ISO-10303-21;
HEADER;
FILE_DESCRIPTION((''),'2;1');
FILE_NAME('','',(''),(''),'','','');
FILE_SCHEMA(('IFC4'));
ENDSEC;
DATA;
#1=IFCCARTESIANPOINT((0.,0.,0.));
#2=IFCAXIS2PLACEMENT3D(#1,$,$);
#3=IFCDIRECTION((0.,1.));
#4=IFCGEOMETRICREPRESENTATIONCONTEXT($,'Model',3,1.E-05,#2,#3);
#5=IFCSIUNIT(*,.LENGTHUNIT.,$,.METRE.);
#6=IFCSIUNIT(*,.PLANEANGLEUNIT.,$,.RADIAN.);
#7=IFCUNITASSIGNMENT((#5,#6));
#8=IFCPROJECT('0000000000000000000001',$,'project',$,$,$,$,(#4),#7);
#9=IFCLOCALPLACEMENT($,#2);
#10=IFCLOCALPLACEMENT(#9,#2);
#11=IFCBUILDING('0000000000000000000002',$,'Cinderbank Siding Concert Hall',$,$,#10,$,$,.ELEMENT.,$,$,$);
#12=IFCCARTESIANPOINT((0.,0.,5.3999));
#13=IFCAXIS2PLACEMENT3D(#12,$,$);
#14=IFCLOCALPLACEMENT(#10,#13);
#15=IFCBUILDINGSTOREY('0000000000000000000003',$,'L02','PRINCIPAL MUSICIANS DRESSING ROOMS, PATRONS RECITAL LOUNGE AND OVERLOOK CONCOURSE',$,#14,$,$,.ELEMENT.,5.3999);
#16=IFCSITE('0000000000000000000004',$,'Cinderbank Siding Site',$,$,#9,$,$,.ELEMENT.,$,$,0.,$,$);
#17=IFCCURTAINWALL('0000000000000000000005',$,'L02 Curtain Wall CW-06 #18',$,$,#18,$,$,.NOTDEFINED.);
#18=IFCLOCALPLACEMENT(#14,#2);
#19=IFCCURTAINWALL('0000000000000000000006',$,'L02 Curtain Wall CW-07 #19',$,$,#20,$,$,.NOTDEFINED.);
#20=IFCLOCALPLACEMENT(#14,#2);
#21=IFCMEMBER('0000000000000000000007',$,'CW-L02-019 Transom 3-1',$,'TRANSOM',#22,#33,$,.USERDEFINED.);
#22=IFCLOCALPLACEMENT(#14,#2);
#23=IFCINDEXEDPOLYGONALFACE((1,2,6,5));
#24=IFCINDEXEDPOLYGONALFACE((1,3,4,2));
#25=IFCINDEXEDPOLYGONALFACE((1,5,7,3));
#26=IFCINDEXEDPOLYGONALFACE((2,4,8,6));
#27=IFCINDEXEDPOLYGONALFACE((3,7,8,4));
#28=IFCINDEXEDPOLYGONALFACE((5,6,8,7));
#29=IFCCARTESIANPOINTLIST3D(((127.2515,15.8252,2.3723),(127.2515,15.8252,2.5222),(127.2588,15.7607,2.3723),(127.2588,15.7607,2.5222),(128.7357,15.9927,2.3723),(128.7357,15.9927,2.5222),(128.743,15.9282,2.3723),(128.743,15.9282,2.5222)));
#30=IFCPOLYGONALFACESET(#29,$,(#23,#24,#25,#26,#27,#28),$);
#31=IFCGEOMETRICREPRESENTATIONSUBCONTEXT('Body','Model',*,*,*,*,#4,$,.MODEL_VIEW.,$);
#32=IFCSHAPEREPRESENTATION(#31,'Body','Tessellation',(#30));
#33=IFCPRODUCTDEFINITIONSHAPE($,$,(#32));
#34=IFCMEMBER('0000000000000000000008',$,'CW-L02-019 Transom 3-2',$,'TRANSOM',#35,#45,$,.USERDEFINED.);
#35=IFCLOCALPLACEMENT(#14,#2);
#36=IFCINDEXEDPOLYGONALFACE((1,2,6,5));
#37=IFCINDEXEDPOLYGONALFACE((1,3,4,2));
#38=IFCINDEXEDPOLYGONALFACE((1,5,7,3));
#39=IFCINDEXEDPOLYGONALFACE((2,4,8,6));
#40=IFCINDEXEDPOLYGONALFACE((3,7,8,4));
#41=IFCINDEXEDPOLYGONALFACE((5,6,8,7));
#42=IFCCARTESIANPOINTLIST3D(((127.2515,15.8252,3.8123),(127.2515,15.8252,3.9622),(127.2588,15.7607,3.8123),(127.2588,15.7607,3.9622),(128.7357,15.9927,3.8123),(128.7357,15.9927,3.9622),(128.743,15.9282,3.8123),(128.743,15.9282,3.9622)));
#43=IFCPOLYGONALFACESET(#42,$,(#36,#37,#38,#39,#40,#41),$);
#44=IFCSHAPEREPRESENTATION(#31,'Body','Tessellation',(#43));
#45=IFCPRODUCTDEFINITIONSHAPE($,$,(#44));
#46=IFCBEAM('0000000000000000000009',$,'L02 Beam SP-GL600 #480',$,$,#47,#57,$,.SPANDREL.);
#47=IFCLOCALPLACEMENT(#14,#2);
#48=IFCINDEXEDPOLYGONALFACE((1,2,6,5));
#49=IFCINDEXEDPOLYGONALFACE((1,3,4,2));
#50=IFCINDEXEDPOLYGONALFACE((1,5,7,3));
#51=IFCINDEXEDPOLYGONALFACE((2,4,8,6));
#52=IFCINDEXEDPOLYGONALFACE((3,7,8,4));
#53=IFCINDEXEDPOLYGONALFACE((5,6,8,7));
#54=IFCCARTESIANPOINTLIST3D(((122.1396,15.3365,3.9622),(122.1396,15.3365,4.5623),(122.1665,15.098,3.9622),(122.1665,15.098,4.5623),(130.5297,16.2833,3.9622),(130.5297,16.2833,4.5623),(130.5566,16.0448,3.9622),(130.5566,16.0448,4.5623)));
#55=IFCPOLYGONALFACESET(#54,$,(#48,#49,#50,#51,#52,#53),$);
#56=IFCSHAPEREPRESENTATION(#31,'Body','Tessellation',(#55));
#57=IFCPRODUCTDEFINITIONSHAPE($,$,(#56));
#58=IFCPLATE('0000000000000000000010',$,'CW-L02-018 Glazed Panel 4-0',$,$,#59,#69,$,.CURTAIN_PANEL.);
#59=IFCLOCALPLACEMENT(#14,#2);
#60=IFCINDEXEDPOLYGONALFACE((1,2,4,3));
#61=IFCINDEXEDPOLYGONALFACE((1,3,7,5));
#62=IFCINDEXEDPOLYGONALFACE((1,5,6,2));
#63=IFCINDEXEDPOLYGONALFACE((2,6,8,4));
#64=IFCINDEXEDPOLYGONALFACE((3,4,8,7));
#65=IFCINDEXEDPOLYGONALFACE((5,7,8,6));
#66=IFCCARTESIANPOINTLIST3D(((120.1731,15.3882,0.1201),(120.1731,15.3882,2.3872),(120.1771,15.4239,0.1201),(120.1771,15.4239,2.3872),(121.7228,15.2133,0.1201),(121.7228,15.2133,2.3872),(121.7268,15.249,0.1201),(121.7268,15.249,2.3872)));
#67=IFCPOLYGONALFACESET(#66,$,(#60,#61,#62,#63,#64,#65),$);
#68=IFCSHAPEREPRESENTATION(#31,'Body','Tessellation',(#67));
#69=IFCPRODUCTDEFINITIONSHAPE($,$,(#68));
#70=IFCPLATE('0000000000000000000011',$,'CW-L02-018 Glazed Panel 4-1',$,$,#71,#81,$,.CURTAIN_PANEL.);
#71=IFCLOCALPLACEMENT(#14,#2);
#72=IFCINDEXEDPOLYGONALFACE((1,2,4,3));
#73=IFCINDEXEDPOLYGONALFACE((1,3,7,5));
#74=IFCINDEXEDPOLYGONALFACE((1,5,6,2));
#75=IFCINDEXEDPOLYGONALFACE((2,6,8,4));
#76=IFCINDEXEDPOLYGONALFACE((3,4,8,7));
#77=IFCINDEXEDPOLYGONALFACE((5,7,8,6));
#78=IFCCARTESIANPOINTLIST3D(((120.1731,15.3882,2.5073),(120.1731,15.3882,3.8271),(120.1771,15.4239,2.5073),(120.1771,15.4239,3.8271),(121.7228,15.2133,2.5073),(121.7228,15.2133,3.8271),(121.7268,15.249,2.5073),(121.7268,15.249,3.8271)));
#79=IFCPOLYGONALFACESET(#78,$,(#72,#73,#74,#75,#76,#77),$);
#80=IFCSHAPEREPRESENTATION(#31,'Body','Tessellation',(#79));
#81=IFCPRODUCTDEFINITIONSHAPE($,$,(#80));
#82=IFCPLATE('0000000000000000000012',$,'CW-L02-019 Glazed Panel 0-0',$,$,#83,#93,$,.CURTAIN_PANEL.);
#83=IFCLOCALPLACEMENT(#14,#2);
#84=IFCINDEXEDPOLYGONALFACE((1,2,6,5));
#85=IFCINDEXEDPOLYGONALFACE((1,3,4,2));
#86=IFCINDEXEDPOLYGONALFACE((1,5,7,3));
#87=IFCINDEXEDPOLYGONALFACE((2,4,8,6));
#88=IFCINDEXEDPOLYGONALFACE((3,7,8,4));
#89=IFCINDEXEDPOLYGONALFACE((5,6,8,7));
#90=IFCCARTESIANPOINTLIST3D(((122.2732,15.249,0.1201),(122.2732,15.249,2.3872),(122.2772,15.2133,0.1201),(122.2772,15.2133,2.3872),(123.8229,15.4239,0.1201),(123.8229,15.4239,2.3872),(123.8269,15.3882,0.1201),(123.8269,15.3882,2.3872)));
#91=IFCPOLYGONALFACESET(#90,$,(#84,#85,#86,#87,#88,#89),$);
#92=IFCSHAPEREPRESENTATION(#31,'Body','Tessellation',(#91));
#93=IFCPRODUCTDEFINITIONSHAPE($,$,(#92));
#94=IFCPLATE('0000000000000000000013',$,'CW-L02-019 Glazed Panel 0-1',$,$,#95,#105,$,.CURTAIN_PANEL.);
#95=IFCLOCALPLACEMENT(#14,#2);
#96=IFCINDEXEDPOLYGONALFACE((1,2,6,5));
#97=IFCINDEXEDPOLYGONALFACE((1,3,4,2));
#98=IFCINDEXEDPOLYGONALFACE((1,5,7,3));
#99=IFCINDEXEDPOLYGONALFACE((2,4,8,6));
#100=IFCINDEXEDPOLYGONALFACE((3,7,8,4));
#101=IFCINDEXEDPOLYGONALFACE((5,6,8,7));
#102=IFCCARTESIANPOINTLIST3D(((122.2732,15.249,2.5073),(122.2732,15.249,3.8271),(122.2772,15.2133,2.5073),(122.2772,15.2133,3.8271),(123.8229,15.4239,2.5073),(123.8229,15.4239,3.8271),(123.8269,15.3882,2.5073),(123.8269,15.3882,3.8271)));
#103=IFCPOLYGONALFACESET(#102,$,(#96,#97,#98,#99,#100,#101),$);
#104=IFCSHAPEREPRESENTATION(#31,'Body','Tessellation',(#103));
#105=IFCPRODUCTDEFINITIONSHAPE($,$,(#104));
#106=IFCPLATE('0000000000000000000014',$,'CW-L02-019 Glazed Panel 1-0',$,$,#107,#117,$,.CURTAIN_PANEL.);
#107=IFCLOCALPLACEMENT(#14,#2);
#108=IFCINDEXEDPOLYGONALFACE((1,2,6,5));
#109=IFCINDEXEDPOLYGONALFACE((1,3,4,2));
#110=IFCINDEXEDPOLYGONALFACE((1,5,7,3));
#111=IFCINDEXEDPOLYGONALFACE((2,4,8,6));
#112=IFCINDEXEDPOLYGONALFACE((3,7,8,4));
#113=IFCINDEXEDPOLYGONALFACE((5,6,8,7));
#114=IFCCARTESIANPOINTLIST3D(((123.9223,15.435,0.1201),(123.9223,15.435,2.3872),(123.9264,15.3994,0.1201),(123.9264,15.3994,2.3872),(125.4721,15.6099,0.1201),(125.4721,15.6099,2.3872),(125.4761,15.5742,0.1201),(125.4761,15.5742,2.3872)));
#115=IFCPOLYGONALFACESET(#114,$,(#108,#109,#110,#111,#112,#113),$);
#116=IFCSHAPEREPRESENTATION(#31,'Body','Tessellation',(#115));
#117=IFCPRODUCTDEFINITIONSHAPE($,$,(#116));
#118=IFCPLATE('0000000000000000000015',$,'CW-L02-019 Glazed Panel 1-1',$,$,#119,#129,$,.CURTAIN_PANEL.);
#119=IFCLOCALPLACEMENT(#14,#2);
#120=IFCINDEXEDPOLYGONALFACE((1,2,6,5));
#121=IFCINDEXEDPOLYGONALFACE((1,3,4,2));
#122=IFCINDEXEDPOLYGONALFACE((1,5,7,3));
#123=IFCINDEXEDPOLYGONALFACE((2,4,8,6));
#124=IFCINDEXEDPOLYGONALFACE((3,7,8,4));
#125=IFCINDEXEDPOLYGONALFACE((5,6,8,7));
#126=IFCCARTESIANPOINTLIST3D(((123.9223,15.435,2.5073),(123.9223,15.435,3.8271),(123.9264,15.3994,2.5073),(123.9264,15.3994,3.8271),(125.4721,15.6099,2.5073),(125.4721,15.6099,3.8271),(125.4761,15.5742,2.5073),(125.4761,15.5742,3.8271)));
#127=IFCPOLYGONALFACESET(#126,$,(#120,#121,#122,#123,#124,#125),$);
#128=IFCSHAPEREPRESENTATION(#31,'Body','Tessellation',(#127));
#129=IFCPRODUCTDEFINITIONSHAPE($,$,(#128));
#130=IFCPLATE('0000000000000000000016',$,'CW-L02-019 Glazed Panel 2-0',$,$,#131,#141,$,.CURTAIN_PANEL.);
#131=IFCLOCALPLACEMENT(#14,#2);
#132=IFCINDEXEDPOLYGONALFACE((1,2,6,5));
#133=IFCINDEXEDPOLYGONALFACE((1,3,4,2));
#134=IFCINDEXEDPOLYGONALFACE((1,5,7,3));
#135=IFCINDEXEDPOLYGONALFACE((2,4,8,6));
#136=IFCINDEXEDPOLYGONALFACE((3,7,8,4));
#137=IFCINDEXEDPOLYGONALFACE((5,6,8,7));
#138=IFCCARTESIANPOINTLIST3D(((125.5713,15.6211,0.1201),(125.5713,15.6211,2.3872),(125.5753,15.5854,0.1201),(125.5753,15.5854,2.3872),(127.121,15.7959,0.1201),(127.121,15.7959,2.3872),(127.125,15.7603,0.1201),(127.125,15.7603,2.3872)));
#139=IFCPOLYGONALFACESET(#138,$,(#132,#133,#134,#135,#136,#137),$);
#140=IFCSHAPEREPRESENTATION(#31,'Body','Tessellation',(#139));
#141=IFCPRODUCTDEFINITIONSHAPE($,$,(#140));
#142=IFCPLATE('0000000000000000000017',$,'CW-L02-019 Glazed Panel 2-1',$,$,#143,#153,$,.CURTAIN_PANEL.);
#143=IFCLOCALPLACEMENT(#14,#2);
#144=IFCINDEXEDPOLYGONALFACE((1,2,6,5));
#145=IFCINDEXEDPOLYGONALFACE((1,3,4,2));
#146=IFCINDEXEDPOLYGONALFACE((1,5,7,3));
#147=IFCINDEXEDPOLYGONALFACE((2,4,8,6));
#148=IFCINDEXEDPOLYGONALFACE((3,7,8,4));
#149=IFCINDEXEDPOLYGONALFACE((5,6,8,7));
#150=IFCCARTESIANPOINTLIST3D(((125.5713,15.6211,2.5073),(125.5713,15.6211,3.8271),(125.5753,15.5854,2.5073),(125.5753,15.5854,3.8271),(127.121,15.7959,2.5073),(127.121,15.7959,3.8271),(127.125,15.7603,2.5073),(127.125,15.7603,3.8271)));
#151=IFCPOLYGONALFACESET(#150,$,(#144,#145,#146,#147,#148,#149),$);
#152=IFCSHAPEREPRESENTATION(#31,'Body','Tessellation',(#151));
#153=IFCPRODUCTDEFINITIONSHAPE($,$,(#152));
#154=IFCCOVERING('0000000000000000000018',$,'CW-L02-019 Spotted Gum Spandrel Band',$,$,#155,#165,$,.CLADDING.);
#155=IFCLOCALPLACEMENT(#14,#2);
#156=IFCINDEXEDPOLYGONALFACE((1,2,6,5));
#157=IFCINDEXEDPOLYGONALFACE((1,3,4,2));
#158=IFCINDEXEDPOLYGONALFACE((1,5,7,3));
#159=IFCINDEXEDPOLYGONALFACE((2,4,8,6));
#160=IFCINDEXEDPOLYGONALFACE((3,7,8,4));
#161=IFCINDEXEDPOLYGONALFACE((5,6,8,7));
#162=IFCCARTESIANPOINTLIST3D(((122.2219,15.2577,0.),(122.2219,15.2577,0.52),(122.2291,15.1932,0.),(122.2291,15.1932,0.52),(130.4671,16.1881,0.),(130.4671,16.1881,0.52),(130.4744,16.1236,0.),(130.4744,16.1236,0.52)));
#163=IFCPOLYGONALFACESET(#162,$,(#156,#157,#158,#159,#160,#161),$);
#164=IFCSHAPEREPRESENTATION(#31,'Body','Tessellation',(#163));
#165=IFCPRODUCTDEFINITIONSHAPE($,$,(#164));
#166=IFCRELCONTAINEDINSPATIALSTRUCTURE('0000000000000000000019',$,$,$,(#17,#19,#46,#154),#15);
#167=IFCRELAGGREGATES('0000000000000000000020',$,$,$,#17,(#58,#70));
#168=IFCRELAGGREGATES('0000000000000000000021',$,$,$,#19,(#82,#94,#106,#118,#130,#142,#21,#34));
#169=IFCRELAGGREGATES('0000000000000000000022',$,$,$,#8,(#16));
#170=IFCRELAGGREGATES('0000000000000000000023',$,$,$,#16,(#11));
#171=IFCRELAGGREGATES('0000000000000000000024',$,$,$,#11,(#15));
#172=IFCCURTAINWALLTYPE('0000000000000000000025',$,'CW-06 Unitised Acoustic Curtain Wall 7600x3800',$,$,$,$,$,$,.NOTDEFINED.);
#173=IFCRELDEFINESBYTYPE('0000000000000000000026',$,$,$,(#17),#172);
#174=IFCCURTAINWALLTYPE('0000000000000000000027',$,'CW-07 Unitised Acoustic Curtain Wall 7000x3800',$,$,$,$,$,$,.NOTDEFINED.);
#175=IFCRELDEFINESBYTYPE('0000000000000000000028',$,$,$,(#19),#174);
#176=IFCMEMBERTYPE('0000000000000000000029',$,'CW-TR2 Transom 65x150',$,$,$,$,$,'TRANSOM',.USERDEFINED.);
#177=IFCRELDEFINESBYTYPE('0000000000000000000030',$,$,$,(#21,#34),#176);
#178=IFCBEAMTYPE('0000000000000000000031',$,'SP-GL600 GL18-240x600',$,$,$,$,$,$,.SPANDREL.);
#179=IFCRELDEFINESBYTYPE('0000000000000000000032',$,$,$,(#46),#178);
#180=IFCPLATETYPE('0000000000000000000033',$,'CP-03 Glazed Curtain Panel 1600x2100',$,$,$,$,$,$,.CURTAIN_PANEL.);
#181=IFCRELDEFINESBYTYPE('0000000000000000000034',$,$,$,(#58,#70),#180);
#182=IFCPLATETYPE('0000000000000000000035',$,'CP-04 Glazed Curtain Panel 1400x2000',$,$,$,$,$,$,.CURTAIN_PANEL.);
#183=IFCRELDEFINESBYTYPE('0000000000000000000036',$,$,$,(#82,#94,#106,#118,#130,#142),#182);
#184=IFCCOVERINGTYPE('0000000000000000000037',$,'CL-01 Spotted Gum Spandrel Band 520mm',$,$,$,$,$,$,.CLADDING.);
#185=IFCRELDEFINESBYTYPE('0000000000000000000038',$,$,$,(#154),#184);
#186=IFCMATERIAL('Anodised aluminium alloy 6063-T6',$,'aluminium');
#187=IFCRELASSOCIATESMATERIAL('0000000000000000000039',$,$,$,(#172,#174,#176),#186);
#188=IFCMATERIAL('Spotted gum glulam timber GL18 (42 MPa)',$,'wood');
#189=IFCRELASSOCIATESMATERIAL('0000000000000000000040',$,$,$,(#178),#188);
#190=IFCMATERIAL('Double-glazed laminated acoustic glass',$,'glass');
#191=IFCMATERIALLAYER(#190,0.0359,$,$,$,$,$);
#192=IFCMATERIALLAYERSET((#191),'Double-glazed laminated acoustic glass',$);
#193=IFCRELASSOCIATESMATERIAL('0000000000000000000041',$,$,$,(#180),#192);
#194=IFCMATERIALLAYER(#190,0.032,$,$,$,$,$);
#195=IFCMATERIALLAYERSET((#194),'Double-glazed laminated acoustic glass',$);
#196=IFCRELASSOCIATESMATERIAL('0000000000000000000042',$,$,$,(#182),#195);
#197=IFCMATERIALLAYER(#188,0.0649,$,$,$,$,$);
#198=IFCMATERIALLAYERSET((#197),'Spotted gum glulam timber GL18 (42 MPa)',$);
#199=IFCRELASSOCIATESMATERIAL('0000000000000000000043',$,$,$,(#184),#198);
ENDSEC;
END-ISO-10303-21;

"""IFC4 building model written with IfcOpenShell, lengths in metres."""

from ifc_helpers import new_model, si_unit, direction, frame, origin, origin_2d, place, context, subcontext, project, spatial, rectangle, extrude, material, layer, layer_set, material_profile, profile_set, type_object, element, aggregate, save


model = new_model("IFC4")

# Units and contexts
model_context = context("Model", 3, precision=1e-05, world=origin(), true_north=direction((0.0, 1.0)))
body_context = subcontext(model_context, "Body", "Model", "MODEL_VIEW")
ifc_project = project(units=[si_unit("LENGTHUNIT", "METRE"), si_unit("PLANEANGLEUNIT", "RADIAN")], contexts=[model_context])

# Site, building, storey
site_placement = place(None, origin())
site = spatial("IfcSite", under=ifc_project, at=site_placement, Name="Cinderbank Siding Site", CompositionType="ELEMENT", RefElevation=0.0)
building_placement = place(site_placement, origin())
building = spatial("IfcBuilding", under=site, at=building_placement, Name="Cinderbank Siding Concert Hall", CompositionType="ELEMENT")
storey_placement = place(building_placement, frame((0.0, 0.0, 5.3999)))
storey = spatial("IfcBuildingStorey", under=building, at=storey_placement, Name="L02", Description="PRINCIPAL MUSICIANS DRESSING ROOMS, PATRONS RECITAL LOUNGE AND OVERLOOK CONCOURSE", CompositionType="ELEMENT", Elevation=5.3999)

# Curtain wall
ifc_material_1 = material(Name="Anodised aluminium alloy 6063-T6", Category="aluminium")
curtain_wall_type_1 = type_object("IfcCurtainWallType", Name="CW-06 Unitised Acoustic Curtain Wall 7600x3800", PredefinedType="NOTDEFINED", material=ifc_material_1)
curtain_wall_1_placement = place(storey_placement, origin())
curtain_wall_1 = element("IfcCurtainWall", 1, at=curtain_wall_1_placement, inside=storey, type_object=curtain_wall_type_1, Name="L02 Curtain Wall CW-06 #18", PredefinedType="NOTDEFINED")

# Curtain wall
curtain_wall_type_2 = type_object("IfcCurtainWallType", Name="CW-07 Unitised Acoustic Curtain Wall 7000x3800", PredefinedType="NOTDEFINED", material=ifc_material_1)
curtain_wall_2_placement = place(storey_placement, origin())
curtain_wall_2 = element("IfcCurtainWall", 2, at=curtain_wall_2_placement, inside=storey, type_object=curtain_wall_type_2, Name="L02 Curtain Wall CW-07 #19", PredefinedType="NOTDEFINED")

# Members
ifc_material_profile_1 = material_profile(ifc_material_1, rectangle(XDim=0.0649, YDim=0.1499, at=origin_2d()), Name="ALU-TRAN-65x150", Category="LoadBearing")
ifc_profile_set_1 = profile_set([ifc_material_profile_1], Name="Anodised aluminium alloy 6063-T6")
member_type_1 = type_object("IfcMemberType", Name="CW-TR2 Transom 65x150", ElementType="TRANSOM", PredefinedType="USERDEFINED", material=ifc_profile_set_1)
member_1_placement = place(storey_placement, frame((127.2551, 15.793, 2.4473), z_axis=(0.993693, 0.112136, 0.0), x_axis=(-0.112136, 0.993693, 0.0)))
member_1 = element("IfcMember", 3, at=member_1_placement, type_object=member_type_1, Name="CW-L02-019 Transom 3-1", ObjectType="TRANSOM", PredefinedType="USERDEFINED", context=body_context, shape_type="SweptSolid", body=[
    extrude(rectangle(XDim=0.0649, YDim=0.1499, at=origin_2d()), origin(), (0.0, 0.0, 1.0), 1.4937),
])
member_2_placement = place(storey_placement, frame((127.2551, 15.793, 3.8872), z_axis=(0.993693, 0.112136, 0.0), x_axis=(-0.112136, 0.993693, 0.0)))
member_2 = element("IfcMember", 4, at=member_2_placement, type_object=member_type_1, Name="CW-L02-019 Transom 3-2", ObjectType="TRANSOM", PredefinedType="USERDEFINED", context=body_context, shape_type="SweptSolid", body=[
    extrude(rectangle(XDim=0.0649, YDim=0.1499, at=origin_2d()), origin(), (0.0, 0.0, 1.0), 1.4937),
])

# Beam
ifc_material_2 = material(Name="Spotted gum glulam timber GL18 (42 MPa)", Category="wood")
ifc_material_profile_2 = material_profile(ifc_material_2, rectangle(XDim=0.24, YDim=0.6001, at=origin_2d()), Name="GL18-240x600", Category="LoadBearing")
ifc_profile_set_2 = profile_set([ifc_material_profile_2], Name="Spotted gum glulam timber GL18 (42 MPa)")
beam_type_1 = type_object("IfcBeamType", Name="SP-GL600 GL18-240x600", PredefinedType="SPANDREL", material=ifc_profile_set_2)
beam_1_placement = place(storey_placement, frame((122.1531, 15.2173, 4.2622), z_axis=(0.993693, 0.112132, 0.0), x_axis=(-0.112132, 0.993693, 0.0)))
element("IfcBeam", 5, at=beam_1_placement, inside=storey, type_object=beam_type_1, Name="L02 Beam SP-GL600 #480", PredefinedType="SPANDREL", context=body_context, shape_type="SweptSolid", body=[
    extrude(rectangle(XDim=0.24, YDim=0.6001, at=origin_2d()), origin(), (0.0, 0.0, 1.0), 8.4434),
])

# Plates
ifc_material_3 = material(Name="Double-glazed laminated acoustic glass", Category="glass")
ifc_layer_1 = layer(ifc_material_3, 0.0359)
ifc_layer_set_1 = layer_set([ifc_layer_1], Name="Double-glazed laminated acoustic glass")
plate_type_1 = type_object("IfcPlateType", Name="CP-03 Glazed Curtain Panel 1600x2100", PredefinedType="CURTAIN_PANEL", material=ifc_layer_set_1)
plate_1_placement = place(storey_placement, frame((120.95, 15.3186, 0.1201), z_axis=(0.0, 0.0, 1.0), x_axis=(0.993694, -0.112129, 0.0)))
plate_1 = element("IfcPlate", 6, at=plate_1_placement, type_object=plate_type_1, Name="CW-L02-018 Glazed Panel 4-0", PredefinedType="CURTAIN_PANEL", context=body_context, shape_type="SweptSolid", body=[
    extrude(rectangle(XDim=1.5596, YDim=0.0359, at=origin_2d()), origin(), (0.0, 0.0, 1.0), 2.2671),
])
plate_2_placement = place(storey_placement, frame((120.95, 15.3186, 2.5073), z_axis=(0.0, 0.0, 1.0), x_axis=(0.993694, -0.112129, 0.0)))
plate_2 = element("IfcPlate", 7, at=plate_2_placement, type_object=plate_type_1, Name="CW-L02-018 Glazed Panel 4-1", PredefinedType="CURTAIN_PANEL", context=body_context, shape_type="SweptSolid", body=[
    extrude(rectangle(XDim=1.5596, YDim=0.0359, at=origin_2d()), origin(), (0.0, 0.0, 1.0), 1.3198),
])
aggregate(curtain_wall_1, [plate_1, plate_2])
ifc_layer_2 = layer(ifc_material_3, 0.032)
ifc_layer_set_2 = layer_set([ifc_layer_2], Name="Double-glazed laminated acoustic glass")
plate_type_2 = type_object("IfcPlateType", Name="CP-04 Glazed Curtain Panel 1400x2000", PredefinedType="CURTAIN_PANEL", material=ifc_layer_set_2)
plate_3_placement = place(storey_placement, frame((123.05, 15.3186, 0.1201), z_axis=(0.0, 0.0, 1.0), x_axis=(0.993694, 0.112129, 0.0)))
plate_3 = element("IfcPlate", 8, at=plate_3_placement, type_object=plate_type_2, Name="CW-L02-019 Glazed Panel 0-0", PredefinedType="CURTAIN_PANEL", context=body_context, shape_type="SweptSolid", body=[
    extrude(rectangle(XDim=1.5596, YDim=0.0359, at=origin_2d()), origin(), (0.0, 0.0, 1.0), 2.2671),
])
plate_4_placement = place(storey_placement, frame((123.05, 15.3186, 2.5073), z_axis=(0.0, 0.0, 1.0), x_axis=(0.993694, 0.112129, 0.0)))
plate_4 = element("IfcPlate", 9, at=plate_4_placement, type_object=plate_type_2, Name="CW-L02-019 Glazed Panel 0-1", PredefinedType="CURTAIN_PANEL", context=body_context, shape_type="SweptSolid", body=[
    extrude(rectangle(XDim=1.5596, YDim=0.0359, at=origin_2d()), origin(), (0.0, 0.0, 1.0), 1.3198),
])
plate_5_placement = place(storey_placement, frame((124.6992, 15.5046, 0.1201), z_axis=(0.0, 0.0, 1.0), x_axis=(0.993694, 0.112129, 0.0)))
plate_5 = element("IfcPlate", 10, at=plate_5_placement, type_object=plate_type_2, Name="CW-L02-019 Glazed Panel 1-0", PredefinedType="CURTAIN_PANEL", context=body_context, shape_type="SweptSolid", body=[
    extrude(rectangle(XDim=1.5596, YDim=0.0359, at=origin_2d()), origin(), (0.0, 0.0, 1.0), 2.2671),
])
plate_6_placement = place(storey_placement, frame((124.6992, 15.5046, 2.5073), z_axis=(0.0, 0.0, 1.0), x_axis=(0.993694, 0.112129, 0.0)))
plate_6 = element("IfcPlate", 11, at=plate_6_placement, type_object=plate_type_2, Name="CW-L02-019 Glazed Panel 1-1", PredefinedType="CURTAIN_PANEL", context=body_context, shape_type="SweptSolid", body=[
    extrude(rectangle(XDim=1.5596, YDim=0.0359, at=origin_2d()), origin(), (0.0, 0.0, 1.0), 1.3198),
])
plate_7_placement = place(storey_placement, frame((126.3481, 15.6907, 0.1201), z_axis=(0.0, 0.0, 1.0), x_axis=(0.993694, 0.112129, 0.0)))
plate_7 = element("IfcPlate", 12, at=plate_7_placement, type_object=plate_type_2, Name="CW-L02-019 Glazed Panel 2-0", PredefinedType="CURTAIN_PANEL", context=body_context, shape_type="SweptSolid", body=[
    extrude(rectangle(XDim=1.5596, YDim=0.0359, at=origin_2d()), origin(), (0.0, 0.0, 1.0), 2.2671),
])
plate_8_placement = place(storey_placement, frame((126.3481, 15.6907, 2.5073), z_axis=(0.0, 0.0, 1.0), x_axis=(0.993694, 0.112129, 0.0)))
plate_8 = element("IfcPlate", 13, at=plate_8_placement, type_object=plate_type_2, Name="CW-L02-019 Glazed Panel 2-1", PredefinedType="CURTAIN_PANEL", context=body_context, shape_type="SweptSolid", body=[
    extrude(rectangle(XDim=1.5596, YDim=0.0359, at=origin_2d()), origin(), (0.0, 0.0, 1.0), 1.3198),
])
aggregate(curtain_wall_2, [plate_3, plate_4, plate_5, plate_6, plate_7, plate_8, member_1, member_2])

# Covering
ifc_layer_3 = layer(ifc_material_2, 0.0649)
ifc_layer_set_3 = layer_set([ifc_layer_3], Name="Spotted gum glulam timber GL18 (42 MPa)")
covering_type = type_object("IfcCoveringType", Name="CL-01 Spotted Gum Spandrel Band 520mm", PredefinedType="CLADDING", material=ifc_layer_set_3)
covering_placement = place(storey_placement, frame((126.3481, 15.6907, 0.0), z_axis=(0.0, 0.0, 1.0), x_axis=(0.993694, 0.112129, 0.0)))
element("IfcCovering", 14, at=covering_placement, inside=storey, type_object=covering_type, Name="CW-L02-019 Spotted Gum Spandrel Band", PredefinedType="CLADDING", context=body_context, shape_type="SweptSolid", body=[
    extrude(rectangle(XDim=8.2976, YDim=0.0649, at=origin_2d()), origin(), (0.0, 0.0, 1.0), 0.52),
])

save(model, "model.ifc")
